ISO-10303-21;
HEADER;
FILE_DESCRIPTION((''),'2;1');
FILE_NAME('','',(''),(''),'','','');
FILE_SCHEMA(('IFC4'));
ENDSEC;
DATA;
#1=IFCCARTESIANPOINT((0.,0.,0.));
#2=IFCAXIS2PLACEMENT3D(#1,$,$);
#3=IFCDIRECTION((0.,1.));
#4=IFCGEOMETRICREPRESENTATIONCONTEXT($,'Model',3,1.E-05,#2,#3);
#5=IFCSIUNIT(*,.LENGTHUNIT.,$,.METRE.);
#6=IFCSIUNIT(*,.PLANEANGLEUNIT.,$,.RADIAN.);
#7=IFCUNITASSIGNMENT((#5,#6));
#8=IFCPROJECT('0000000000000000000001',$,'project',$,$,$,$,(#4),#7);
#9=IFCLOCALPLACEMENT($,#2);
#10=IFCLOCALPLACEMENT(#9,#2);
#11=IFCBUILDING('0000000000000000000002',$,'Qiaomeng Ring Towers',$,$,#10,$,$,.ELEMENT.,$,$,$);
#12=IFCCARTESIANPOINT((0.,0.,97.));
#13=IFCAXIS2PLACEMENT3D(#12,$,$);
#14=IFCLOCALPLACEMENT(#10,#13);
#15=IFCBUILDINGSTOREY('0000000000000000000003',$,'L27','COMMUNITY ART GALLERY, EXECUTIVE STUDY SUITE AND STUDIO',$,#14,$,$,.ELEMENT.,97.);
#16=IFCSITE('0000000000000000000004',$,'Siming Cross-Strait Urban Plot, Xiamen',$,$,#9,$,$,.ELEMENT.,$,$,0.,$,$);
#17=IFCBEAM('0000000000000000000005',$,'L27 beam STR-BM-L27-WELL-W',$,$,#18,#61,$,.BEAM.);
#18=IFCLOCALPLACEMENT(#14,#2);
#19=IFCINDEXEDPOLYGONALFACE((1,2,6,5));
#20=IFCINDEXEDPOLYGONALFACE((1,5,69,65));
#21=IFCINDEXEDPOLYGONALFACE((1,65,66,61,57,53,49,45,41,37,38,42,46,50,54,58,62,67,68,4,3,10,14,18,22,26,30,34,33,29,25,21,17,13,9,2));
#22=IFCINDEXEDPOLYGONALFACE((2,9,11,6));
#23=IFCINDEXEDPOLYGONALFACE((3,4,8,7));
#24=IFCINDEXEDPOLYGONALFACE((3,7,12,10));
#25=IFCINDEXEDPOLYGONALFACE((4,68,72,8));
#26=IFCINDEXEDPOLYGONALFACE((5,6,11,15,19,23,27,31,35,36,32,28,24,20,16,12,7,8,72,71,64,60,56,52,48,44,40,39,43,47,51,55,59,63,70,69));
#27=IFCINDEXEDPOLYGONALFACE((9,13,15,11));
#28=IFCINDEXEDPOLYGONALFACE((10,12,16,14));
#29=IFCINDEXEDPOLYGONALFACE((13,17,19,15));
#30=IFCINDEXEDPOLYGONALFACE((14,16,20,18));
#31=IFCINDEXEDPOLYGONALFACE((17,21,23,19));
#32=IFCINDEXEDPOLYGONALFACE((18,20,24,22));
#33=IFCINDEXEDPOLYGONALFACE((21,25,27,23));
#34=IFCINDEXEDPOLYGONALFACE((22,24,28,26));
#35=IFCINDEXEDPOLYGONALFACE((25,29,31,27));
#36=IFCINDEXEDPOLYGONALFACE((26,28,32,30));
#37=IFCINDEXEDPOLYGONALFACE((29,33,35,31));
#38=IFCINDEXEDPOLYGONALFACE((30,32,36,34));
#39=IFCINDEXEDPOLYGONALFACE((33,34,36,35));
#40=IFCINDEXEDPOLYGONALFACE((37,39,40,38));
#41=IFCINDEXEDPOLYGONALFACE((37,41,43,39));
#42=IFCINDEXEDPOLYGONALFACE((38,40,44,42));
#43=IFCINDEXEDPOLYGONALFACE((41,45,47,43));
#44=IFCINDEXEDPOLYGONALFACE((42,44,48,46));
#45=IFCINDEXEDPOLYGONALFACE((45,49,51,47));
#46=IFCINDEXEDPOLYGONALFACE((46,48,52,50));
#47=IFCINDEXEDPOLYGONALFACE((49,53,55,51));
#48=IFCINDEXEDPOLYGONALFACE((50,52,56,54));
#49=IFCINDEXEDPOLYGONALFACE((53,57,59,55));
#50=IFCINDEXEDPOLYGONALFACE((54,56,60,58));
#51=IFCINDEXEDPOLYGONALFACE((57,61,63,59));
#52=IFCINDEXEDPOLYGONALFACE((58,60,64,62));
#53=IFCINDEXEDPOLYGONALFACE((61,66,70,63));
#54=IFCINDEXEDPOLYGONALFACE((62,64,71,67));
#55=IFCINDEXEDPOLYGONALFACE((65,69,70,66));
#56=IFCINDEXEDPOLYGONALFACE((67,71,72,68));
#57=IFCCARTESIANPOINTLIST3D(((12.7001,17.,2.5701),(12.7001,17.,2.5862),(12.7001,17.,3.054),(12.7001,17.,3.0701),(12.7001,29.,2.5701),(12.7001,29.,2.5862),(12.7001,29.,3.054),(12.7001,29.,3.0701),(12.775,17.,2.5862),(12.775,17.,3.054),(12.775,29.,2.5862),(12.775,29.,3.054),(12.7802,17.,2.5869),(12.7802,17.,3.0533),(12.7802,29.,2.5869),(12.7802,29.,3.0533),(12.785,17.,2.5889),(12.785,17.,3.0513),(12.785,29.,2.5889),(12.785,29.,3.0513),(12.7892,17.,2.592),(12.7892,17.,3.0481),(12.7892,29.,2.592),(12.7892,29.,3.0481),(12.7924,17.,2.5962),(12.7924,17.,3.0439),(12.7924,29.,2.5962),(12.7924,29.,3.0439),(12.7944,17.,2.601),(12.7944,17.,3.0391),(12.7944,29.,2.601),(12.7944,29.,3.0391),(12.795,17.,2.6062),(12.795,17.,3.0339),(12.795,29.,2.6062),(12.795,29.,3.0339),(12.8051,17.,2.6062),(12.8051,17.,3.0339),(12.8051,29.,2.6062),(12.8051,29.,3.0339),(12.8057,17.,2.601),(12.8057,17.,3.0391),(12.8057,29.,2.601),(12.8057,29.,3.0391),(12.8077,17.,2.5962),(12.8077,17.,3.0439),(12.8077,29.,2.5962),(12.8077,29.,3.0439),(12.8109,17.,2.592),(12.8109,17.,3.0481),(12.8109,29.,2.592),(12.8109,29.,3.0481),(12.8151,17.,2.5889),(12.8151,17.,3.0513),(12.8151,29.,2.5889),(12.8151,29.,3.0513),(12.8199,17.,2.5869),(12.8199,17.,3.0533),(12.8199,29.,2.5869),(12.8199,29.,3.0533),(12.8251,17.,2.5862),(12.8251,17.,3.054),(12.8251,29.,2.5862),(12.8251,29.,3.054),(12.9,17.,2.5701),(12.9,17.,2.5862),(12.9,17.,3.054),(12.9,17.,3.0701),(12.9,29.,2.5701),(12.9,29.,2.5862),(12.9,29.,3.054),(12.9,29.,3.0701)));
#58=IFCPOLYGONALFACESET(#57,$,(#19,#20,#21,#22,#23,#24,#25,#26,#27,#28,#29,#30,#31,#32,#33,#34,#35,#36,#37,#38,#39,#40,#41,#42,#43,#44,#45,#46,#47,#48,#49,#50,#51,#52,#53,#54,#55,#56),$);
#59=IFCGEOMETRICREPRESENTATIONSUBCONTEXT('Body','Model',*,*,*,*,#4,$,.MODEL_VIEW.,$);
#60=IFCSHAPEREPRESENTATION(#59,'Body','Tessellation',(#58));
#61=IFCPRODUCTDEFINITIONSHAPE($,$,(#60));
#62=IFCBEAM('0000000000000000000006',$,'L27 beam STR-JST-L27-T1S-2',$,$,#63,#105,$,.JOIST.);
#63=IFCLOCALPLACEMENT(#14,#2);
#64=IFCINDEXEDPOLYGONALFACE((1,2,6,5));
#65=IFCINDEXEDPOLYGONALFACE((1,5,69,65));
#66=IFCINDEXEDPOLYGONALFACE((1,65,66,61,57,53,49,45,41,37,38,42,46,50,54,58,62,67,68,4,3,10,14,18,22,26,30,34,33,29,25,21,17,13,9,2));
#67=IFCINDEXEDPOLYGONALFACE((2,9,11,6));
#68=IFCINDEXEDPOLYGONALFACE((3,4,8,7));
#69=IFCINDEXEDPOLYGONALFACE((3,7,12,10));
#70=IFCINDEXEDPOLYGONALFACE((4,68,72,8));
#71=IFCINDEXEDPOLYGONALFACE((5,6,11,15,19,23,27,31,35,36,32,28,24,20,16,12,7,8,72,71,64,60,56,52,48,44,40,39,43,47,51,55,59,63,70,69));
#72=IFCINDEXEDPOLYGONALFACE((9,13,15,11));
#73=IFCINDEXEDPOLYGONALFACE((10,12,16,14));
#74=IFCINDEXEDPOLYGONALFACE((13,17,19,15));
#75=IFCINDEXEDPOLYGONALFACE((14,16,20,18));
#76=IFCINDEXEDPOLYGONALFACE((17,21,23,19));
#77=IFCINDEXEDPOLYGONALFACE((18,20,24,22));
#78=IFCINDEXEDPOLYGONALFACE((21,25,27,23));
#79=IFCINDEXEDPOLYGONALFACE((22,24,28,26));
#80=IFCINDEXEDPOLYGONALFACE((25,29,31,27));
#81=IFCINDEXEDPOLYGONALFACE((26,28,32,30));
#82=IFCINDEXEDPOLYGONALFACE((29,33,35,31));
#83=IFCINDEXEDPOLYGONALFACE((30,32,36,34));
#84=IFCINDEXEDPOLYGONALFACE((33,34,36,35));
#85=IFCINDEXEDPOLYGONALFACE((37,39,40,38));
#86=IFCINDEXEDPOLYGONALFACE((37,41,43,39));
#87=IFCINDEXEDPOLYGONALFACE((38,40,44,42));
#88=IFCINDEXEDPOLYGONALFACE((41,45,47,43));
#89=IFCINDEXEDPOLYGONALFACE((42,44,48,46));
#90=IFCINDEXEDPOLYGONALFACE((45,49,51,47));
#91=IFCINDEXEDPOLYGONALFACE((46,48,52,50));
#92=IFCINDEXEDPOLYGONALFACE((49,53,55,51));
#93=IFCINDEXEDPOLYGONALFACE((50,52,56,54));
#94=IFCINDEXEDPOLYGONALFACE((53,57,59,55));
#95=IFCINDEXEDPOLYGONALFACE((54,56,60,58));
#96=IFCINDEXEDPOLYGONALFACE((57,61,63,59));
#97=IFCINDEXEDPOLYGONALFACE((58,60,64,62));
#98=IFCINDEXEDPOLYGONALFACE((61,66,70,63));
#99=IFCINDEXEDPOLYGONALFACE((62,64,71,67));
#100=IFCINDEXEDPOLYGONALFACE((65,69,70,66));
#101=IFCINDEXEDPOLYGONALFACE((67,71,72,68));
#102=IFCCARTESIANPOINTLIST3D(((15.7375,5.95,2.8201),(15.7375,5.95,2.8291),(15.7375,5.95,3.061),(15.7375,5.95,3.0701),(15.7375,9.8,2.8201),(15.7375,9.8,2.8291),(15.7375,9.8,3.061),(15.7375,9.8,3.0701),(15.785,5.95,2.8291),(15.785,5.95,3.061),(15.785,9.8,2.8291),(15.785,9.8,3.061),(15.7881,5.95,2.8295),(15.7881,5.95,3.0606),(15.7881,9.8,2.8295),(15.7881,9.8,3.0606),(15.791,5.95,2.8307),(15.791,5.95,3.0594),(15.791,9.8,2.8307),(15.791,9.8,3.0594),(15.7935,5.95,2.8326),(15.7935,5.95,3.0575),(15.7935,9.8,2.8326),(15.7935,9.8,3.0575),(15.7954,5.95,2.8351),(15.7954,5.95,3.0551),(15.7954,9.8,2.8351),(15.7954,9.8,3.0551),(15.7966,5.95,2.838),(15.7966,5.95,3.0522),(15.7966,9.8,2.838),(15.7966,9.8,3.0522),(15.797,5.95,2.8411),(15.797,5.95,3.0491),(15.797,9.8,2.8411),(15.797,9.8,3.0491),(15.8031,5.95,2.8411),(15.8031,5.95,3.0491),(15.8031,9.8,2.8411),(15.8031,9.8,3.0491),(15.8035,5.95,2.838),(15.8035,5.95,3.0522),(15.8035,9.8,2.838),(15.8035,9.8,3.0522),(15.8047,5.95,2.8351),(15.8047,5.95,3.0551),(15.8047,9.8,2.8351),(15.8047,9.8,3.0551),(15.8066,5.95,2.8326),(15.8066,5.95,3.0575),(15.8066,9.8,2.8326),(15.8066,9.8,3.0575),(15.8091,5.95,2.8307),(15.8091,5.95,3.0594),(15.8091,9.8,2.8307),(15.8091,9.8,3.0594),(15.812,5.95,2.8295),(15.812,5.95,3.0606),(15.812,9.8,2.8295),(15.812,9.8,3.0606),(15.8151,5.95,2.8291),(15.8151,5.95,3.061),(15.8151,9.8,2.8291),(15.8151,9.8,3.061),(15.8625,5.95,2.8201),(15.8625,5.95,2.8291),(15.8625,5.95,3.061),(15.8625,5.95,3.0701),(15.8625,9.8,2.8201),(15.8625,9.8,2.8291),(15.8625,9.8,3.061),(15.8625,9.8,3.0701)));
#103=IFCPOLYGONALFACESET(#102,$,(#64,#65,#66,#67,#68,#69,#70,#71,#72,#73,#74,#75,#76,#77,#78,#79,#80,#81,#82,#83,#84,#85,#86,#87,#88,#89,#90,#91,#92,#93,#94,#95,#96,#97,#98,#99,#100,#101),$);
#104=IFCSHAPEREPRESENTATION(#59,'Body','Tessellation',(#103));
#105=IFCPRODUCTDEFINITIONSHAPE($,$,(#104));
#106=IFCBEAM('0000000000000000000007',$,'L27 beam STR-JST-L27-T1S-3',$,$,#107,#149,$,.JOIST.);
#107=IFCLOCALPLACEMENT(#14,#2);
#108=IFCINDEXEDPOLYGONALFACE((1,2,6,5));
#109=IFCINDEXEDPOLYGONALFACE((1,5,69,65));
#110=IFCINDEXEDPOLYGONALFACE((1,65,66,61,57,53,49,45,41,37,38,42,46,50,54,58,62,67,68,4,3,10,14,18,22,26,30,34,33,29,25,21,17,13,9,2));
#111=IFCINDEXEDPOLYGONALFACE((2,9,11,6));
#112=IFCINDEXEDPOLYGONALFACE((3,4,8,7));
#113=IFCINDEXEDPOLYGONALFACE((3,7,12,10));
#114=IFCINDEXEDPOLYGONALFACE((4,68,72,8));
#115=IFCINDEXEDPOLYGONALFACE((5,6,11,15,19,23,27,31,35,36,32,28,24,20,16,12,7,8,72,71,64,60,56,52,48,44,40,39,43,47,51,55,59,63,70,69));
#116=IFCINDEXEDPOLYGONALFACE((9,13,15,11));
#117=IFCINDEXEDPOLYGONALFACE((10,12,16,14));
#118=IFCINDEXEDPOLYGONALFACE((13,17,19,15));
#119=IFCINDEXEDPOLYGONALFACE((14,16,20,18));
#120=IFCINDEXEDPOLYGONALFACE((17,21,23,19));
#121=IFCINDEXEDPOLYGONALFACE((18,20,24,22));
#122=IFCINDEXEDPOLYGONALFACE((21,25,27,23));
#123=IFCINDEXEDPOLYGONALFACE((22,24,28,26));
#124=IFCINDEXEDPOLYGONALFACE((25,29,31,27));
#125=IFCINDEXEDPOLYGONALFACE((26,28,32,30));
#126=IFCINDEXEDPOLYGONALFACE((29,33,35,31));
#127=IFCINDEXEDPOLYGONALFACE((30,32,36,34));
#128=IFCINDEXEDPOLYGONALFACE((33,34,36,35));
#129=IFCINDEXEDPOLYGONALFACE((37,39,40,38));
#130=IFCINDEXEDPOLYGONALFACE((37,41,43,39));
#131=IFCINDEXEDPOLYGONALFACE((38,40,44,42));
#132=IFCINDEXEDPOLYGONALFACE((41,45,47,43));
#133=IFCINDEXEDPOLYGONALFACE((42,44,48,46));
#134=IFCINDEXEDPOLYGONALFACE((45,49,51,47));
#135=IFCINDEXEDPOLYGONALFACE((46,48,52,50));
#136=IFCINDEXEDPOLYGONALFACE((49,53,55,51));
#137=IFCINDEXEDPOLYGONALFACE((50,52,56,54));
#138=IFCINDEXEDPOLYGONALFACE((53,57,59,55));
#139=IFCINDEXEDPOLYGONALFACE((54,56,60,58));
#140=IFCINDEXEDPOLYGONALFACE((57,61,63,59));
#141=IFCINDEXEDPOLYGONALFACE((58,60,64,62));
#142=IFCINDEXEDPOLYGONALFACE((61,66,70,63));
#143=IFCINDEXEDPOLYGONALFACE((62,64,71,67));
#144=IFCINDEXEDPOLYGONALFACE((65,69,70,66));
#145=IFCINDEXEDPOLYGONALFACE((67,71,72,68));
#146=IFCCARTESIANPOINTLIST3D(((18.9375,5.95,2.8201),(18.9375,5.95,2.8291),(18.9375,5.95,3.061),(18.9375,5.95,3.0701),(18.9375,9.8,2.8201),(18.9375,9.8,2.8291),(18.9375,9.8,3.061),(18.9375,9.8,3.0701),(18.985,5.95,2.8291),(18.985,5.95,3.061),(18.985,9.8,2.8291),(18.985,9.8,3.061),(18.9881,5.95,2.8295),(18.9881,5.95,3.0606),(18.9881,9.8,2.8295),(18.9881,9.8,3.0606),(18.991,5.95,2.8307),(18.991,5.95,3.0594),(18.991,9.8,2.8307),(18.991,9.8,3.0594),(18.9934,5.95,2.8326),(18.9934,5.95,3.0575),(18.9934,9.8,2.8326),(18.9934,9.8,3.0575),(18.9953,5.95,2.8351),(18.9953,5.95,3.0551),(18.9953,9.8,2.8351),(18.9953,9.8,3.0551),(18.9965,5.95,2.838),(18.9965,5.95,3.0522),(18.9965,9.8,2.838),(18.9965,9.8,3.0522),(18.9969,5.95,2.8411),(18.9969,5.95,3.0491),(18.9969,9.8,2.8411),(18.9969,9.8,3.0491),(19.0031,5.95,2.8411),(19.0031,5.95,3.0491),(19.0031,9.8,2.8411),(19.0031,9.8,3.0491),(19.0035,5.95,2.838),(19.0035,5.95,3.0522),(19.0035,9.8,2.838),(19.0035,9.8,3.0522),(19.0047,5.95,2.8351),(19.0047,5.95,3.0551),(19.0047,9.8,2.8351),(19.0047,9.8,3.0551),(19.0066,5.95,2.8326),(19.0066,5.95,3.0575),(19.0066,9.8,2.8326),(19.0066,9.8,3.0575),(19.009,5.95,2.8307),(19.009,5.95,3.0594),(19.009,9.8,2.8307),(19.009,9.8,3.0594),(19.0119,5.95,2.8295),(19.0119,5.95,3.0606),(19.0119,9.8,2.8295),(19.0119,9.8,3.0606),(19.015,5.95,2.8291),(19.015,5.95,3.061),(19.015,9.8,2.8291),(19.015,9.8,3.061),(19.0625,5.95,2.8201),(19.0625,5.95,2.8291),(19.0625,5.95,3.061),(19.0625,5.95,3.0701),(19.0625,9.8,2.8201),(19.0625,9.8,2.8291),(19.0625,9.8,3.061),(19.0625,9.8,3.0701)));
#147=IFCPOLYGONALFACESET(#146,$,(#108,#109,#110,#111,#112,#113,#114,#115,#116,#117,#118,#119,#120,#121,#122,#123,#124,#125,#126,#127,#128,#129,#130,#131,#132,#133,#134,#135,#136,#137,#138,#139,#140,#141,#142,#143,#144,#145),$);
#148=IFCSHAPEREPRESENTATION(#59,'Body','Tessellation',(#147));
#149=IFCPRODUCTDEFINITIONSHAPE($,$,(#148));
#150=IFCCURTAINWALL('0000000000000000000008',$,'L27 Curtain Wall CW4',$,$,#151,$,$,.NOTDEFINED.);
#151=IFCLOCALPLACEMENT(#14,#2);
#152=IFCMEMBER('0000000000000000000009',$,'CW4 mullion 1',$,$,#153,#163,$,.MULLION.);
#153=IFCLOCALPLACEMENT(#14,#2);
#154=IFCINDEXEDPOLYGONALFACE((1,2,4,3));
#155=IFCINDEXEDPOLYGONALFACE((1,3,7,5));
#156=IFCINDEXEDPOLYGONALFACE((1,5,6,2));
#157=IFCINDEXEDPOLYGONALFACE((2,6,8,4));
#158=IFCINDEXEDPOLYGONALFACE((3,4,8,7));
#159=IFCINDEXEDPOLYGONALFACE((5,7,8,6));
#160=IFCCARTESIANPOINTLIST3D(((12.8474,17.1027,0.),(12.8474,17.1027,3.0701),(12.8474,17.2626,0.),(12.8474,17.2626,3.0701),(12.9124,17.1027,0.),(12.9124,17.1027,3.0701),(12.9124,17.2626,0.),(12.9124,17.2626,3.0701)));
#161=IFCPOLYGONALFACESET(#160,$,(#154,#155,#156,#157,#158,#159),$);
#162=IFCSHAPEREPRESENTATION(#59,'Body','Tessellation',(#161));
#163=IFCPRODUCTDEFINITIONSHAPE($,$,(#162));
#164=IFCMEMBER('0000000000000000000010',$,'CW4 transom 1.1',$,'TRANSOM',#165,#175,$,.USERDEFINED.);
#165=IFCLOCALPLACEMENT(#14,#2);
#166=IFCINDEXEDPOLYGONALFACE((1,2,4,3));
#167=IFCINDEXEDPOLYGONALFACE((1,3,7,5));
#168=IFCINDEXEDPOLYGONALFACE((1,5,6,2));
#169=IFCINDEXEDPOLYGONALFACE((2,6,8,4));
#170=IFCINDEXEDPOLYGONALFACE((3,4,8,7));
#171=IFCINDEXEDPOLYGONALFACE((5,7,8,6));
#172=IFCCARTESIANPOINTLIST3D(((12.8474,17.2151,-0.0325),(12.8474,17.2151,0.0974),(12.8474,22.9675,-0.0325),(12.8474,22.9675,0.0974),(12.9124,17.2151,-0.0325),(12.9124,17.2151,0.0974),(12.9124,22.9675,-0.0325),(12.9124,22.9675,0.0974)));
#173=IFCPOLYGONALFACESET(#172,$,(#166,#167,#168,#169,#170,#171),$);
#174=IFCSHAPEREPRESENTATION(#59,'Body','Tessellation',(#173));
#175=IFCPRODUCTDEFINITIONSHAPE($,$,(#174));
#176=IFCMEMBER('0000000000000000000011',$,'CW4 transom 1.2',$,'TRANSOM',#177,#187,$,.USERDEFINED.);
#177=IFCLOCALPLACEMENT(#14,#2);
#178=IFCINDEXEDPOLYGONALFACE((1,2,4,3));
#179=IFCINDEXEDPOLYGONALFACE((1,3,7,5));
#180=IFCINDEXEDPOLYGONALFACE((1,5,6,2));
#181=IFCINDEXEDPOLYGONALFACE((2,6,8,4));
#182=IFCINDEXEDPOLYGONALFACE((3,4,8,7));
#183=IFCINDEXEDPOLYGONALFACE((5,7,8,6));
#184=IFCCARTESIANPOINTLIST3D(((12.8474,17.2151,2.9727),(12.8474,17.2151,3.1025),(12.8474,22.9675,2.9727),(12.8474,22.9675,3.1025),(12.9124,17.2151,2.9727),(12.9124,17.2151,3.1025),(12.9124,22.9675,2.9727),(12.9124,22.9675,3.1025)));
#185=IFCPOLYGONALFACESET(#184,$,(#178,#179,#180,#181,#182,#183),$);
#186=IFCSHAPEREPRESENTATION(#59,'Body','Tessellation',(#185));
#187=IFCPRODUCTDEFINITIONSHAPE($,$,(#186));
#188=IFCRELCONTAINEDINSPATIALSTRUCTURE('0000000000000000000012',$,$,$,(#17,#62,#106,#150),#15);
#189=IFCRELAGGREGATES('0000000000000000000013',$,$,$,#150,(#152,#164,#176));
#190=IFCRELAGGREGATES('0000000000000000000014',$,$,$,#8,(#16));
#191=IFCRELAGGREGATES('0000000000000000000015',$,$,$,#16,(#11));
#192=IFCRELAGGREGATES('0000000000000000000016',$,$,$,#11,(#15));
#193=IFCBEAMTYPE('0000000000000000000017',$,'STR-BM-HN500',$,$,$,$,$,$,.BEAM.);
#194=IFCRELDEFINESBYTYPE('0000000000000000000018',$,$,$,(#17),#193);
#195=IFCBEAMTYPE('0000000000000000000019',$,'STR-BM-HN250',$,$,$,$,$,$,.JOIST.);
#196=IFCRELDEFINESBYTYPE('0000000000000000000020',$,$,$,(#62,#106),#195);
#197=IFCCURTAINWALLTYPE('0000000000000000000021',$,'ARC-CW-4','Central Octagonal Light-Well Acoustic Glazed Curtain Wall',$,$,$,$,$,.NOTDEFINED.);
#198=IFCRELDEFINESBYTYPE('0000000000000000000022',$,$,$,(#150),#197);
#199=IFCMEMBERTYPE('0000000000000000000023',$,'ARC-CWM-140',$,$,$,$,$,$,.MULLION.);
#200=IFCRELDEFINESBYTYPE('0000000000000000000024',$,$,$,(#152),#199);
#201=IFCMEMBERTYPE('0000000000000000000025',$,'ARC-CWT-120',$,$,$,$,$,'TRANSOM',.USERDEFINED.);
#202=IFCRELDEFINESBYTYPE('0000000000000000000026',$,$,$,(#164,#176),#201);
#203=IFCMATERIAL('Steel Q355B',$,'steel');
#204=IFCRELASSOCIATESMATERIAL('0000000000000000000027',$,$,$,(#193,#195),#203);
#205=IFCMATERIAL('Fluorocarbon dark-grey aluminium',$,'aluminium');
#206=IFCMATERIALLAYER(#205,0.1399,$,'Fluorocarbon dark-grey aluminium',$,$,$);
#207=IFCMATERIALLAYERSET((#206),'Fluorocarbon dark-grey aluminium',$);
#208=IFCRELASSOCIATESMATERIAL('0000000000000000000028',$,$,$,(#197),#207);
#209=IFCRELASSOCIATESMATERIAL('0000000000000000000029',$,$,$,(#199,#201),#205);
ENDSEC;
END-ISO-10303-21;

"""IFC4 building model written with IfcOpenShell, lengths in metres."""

from ifc_helpers import new_model, si_unit, direction, frame, origin, origin_2d, place, context, subcontext, project, spatial, rectangle, i_section, extrude, source, transform, mapped, material, layer, layer_set, material_profile, profile_set, type_object, element, aggregate, save


model = new_model("IFC4")

# Units and contexts
model_context = context("Model", 3, precision=1e-05, world=origin(), true_north=direction((0.0, 1.0)))
body_context = subcontext(model_context, "Body", "Model", "MODEL_VIEW")
ifc_project = project(units=[si_unit("LENGTHUNIT", "METRE"), si_unit("PLANEANGLEUNIT", "RADIAN")], contexts=[model_context])

# Site, building, storey
site_placement = place(None, origin())
site = spatial("IfcSite", under=ifc_project, at=site_placement, Name="Siming Cross-Strait Urban Plot, Xiamen", CompositionType="ELEMENT", RefElevation=0.0)
building_placement = place(site_placement, origin())
building = spatial("IfcBuilding", under=site, at=building_placement, Name="Qiaomeng Ring Towers", CompositionType="ELEMENT")
storey_placement = place(building_placement, frame((0.0, 0.0, 97.0)))
storey = spatial("IfcBuildingStorey", under=building, at=storey_placement, Name="L27", Description="COMMUNITY ART GALLERY, EXECUTIVE STUDY SUITE AND STUDIO", CompositionType="ELEMENT", Elevation=97.0)

# Beams
ifc_material_1 = material(Name="Steel Q355B", Category="steel")
ifc_material_profile_1 = material_profile(ifc_material_1, i_section(OverallWidth=0.2, OverallDepth=0.5, WebThickness=0.01, FlangeThickness=0.0161, FilletRadius=0.02, at=origin_2d()), Name="HN 500x200x10x16")
ifc_profile_set_1 = profile_set([ifc_material_profile_1], Name="Steel Q355B")
beam_type_1 = type_object("IfcBeamType", Name="STR-BM-HN500", PredefinedType="BEAM", material=ifc_profile_set_1)
shared_shape_1 = source(origin(), body_context, "Body", "SweptSolid", [
    extrude(i_section(OverallWidth=0.2, OverallDepth=0.5, WebThickness=0.01, FlangeThickness=0.0161, FilletRadius=0.02, at=origin_2d()), origin(), (0.0, 0.0, 1.0), 12.0),
])
beam_placement = place(storey_placement, frame((12.8, 17.0, 2.8201), z_axis=(0.0, 1.0, 0.0), x_axis=(-1.0, 0.0, 0.0)))
element("IfcBeam", 1, at=beam_placement, inside=storey, type_object=beam_type_1, Name="L27 beam STR-BM-L27-WELL-W", PredefinedType="BEAM", context=body_context, shape_type="MappedRepresentation", body=[
    mapped(shared_shape_1, transform((0.0, 0.0, 0.0), x_axis=(1.0, 0.0, 0.0), y_axis=(0.0, 1.0, 0.0), z_axis=(0.0, 0.0, 1.0), scale=1.0)),
])
ifc_material_profile_2 = material_profile(ifc_material_1, i_section(OverallWidth=0.125, OverallDepth=0.25, WebThickness=0.0061, FlangeThickness=0.009, FilletRadius=0.012, at=origin_2d()), Name="HN 250x125x6x9")
ifc_profile_set_2 = profile_set([ifc_material_profile_2], Name="Steel Q355B")
beam_type_2 = type_object("IfcBeamType", Name="STR-BM-HN250", PredefinedType="JOIST", material=ifc_profile_set_2)
shared_shape_2 = source(origin(), body_context, "Body", "SweptSolid", [
    extrude(i_section(OverallWidth=0.125, OverallDepth=0.25, WebThickness=0.0061, FlangeThickness=0.009, FilletRadius=0.012, at=origin_2d()), origin(), (0.0, 0.0, 1.0), 3.8501),
])
for number, where, z_axis, x_axis, name in (
    (2, (15.8, 5.95, 2.9451), (0.0, 1.0, 0.0), (-1.0, 0.0, 0.0), "L27 beam STR-JST-L27-T1S-2"),
    (3, (19.0, 5.95, 2.9451), (0.0, 1.0, 0.0), (-1.0, 0.0, 0.0), "L27 beam STR-JST-L27-T1S-3"),
):
    element("IfcBeam", number, at=place(storey_placement, frame(where, z_axis=z_axis, x_axis=x_axis)), inside=storey, type_object=beam_type_2, Name=name, PredefinedType="JOIST", context=body_context, shape_type="MappedRepresentation", body=[
        mapped(shared_shape_2, transform((0.0, 0.0, 0.0), x_axis=(1.0, 0.0, 0.0), y_axis=(0.0, 1.0, 0.0), z_axis=(0.0, 0.0, 1.0), scale=1.0)),
    ])

# Curtain wall, members
ifc_material_2 = material(Name="Fluorocarbon dark-grey aluminium", Category="aluminium")
ifc_layer_1 = layer(ifc_material_2, 0.1399, Name="Fluorocarbon dark-grey aluminium")
ifc_layer_set_1 = layer_set([ifc_layer_1], Name="Fluorocarbon dark-grey aluminium")
curtain_wall_type = type_object("IfcCurtainWallType", Name="ARC-CW-4", Description="Central Octagonal Light-Well Acoustic Glazed Curtain Wall", PredefinedType="NOTDEFINED", material=ifc_layer_set_1)
curtain_wall_placement = place(storey_placement, origin())
curtain_wall = element("IfcCurtainWall", 4, at=curtain_wall_placement, inside=storey, type_object=curtain_wall_type, Name="L27 Curtain Wall CW4", PredefinedType="NOTDEFINED")
ifc_material_profile_3 = material_profile(ifc_material_2, rectangle(XDim=0.0649, YDim=0.1599, at=origin_2d()), Name="ALU MULL 65x160")
ifc_profile_set_3 = profile_set([ifc_material_profile_3], Name="Fluorocarbon dark-grey aluminium")
member_type_1 = type_object("IfcMemberType", Name="ARC-CWM-140", PredefinedType="MULLION", material=ifc_profile_set_3)
shared_shape_3 = source(origin(), body_context, "Body", "SweptSolid", [
    extrude(rectangle(XDim=0.0649, YDim=0.1599, at=origin_2d()), origin(), (0.0, 0.0, 1.0), 3.0701),
])
member_1_placement = place(storey_placement, frame((12.8799, 17.1826, 0.0), z_axis=(0.0, 0.0, 1.0), x_axis=(-1.0, 0.0, 0.0)))
member_1 = element("IfcMember", 5, at=member_1_placement, type_object=member_type_1, Name="CW4 mullion 1", PredefinedType="MULLION", context=body_context, shape_type="MappedRepresentation", body=[
    mapped(shared_shape_3, transform((0.0, 0.0, 0.0), x_axis=(1.0, 0.0, 0.0), y_axis=(0.0, 1.0, 0.0), z_axis=(0.0, 0.0, 1.0), scale=1.0)),
])
ifc_material_profile_4 = material_profile(ifc_material_2, rectangle(XDim=0.0649, YDim=0.1299, at=origin_2d()), Name="ALU TRAN 65x130")
ifc_profile_set_4 = profile_set([ifc_material_profile_4], Name="Fluorocarbon dark-grey aluminium")
member_type_2 = type_object("IfcMemberType", Name="ARC-CWT-120", ElementType="TRANSOM", PredefinedType="USERDEFINED", material=ifc_profile_set_4)
shared_shape_4 = source(origin(), body_context, "Body", "SweptSolid", [
    extrude(rectangle(XDim=0.0649, YDim=0.1299, at=origin_2d()), origin(), (0.0, 0.0, 1.0), 5.7524),
])
member_2_placement = place(storey_placement, frame((12.8799, 17.2151, 0.0325), z_axis=(0.0, 1.0, 0.0), x_axis=(-1.0, 0.0, 0.0)))
member_2 = element("IfcMember", 6, at=member_2_placement, type_object=member_type_2, Name="CW4 transom 1.1", ObjectType="TRANSOM", PredefinedType="USERDEFINED", context=body_context, shape_type="MappedRepresentation", body=[
    mapped(shared_shape_4, transform((0.0, 0.0, 0.0), x_axis=(1.0, 0.0, 0.0), y_axis=(0.0, 1.0, 0.0), z_axis=(0.0, 0.0, 1.0), scale=1.0)),
])
member_3_placement = place(storey_placement, frame((12.8799, 17.2151, 3.0376), z_axis=(0.0, 1.0, 0.0), x_axis=(-1.0, 0.0, 0.0)))
member_3 = element("IfcMember", 7, at=member_3_placement, type_object=member_type_2, Name="CW4 transom 1.2", ObjectType="TRANSOM", PredefinedType="USERDEFINED", context=body_context, shape_type="MappedRepresentation", body=[
    mapped(shared_shape_4, transform((0.0, 0.0, 0.0), x_axis=(1.0, 0.0, 0.0), y_axis=(0.0, 1.0, 0.0), z_axis=(0.0, 0.0, 1.0), scale=1.0)),
])
aggregate(curtain_wall, [member_1, member_2, member_3])

save(model, "model.ifc")
